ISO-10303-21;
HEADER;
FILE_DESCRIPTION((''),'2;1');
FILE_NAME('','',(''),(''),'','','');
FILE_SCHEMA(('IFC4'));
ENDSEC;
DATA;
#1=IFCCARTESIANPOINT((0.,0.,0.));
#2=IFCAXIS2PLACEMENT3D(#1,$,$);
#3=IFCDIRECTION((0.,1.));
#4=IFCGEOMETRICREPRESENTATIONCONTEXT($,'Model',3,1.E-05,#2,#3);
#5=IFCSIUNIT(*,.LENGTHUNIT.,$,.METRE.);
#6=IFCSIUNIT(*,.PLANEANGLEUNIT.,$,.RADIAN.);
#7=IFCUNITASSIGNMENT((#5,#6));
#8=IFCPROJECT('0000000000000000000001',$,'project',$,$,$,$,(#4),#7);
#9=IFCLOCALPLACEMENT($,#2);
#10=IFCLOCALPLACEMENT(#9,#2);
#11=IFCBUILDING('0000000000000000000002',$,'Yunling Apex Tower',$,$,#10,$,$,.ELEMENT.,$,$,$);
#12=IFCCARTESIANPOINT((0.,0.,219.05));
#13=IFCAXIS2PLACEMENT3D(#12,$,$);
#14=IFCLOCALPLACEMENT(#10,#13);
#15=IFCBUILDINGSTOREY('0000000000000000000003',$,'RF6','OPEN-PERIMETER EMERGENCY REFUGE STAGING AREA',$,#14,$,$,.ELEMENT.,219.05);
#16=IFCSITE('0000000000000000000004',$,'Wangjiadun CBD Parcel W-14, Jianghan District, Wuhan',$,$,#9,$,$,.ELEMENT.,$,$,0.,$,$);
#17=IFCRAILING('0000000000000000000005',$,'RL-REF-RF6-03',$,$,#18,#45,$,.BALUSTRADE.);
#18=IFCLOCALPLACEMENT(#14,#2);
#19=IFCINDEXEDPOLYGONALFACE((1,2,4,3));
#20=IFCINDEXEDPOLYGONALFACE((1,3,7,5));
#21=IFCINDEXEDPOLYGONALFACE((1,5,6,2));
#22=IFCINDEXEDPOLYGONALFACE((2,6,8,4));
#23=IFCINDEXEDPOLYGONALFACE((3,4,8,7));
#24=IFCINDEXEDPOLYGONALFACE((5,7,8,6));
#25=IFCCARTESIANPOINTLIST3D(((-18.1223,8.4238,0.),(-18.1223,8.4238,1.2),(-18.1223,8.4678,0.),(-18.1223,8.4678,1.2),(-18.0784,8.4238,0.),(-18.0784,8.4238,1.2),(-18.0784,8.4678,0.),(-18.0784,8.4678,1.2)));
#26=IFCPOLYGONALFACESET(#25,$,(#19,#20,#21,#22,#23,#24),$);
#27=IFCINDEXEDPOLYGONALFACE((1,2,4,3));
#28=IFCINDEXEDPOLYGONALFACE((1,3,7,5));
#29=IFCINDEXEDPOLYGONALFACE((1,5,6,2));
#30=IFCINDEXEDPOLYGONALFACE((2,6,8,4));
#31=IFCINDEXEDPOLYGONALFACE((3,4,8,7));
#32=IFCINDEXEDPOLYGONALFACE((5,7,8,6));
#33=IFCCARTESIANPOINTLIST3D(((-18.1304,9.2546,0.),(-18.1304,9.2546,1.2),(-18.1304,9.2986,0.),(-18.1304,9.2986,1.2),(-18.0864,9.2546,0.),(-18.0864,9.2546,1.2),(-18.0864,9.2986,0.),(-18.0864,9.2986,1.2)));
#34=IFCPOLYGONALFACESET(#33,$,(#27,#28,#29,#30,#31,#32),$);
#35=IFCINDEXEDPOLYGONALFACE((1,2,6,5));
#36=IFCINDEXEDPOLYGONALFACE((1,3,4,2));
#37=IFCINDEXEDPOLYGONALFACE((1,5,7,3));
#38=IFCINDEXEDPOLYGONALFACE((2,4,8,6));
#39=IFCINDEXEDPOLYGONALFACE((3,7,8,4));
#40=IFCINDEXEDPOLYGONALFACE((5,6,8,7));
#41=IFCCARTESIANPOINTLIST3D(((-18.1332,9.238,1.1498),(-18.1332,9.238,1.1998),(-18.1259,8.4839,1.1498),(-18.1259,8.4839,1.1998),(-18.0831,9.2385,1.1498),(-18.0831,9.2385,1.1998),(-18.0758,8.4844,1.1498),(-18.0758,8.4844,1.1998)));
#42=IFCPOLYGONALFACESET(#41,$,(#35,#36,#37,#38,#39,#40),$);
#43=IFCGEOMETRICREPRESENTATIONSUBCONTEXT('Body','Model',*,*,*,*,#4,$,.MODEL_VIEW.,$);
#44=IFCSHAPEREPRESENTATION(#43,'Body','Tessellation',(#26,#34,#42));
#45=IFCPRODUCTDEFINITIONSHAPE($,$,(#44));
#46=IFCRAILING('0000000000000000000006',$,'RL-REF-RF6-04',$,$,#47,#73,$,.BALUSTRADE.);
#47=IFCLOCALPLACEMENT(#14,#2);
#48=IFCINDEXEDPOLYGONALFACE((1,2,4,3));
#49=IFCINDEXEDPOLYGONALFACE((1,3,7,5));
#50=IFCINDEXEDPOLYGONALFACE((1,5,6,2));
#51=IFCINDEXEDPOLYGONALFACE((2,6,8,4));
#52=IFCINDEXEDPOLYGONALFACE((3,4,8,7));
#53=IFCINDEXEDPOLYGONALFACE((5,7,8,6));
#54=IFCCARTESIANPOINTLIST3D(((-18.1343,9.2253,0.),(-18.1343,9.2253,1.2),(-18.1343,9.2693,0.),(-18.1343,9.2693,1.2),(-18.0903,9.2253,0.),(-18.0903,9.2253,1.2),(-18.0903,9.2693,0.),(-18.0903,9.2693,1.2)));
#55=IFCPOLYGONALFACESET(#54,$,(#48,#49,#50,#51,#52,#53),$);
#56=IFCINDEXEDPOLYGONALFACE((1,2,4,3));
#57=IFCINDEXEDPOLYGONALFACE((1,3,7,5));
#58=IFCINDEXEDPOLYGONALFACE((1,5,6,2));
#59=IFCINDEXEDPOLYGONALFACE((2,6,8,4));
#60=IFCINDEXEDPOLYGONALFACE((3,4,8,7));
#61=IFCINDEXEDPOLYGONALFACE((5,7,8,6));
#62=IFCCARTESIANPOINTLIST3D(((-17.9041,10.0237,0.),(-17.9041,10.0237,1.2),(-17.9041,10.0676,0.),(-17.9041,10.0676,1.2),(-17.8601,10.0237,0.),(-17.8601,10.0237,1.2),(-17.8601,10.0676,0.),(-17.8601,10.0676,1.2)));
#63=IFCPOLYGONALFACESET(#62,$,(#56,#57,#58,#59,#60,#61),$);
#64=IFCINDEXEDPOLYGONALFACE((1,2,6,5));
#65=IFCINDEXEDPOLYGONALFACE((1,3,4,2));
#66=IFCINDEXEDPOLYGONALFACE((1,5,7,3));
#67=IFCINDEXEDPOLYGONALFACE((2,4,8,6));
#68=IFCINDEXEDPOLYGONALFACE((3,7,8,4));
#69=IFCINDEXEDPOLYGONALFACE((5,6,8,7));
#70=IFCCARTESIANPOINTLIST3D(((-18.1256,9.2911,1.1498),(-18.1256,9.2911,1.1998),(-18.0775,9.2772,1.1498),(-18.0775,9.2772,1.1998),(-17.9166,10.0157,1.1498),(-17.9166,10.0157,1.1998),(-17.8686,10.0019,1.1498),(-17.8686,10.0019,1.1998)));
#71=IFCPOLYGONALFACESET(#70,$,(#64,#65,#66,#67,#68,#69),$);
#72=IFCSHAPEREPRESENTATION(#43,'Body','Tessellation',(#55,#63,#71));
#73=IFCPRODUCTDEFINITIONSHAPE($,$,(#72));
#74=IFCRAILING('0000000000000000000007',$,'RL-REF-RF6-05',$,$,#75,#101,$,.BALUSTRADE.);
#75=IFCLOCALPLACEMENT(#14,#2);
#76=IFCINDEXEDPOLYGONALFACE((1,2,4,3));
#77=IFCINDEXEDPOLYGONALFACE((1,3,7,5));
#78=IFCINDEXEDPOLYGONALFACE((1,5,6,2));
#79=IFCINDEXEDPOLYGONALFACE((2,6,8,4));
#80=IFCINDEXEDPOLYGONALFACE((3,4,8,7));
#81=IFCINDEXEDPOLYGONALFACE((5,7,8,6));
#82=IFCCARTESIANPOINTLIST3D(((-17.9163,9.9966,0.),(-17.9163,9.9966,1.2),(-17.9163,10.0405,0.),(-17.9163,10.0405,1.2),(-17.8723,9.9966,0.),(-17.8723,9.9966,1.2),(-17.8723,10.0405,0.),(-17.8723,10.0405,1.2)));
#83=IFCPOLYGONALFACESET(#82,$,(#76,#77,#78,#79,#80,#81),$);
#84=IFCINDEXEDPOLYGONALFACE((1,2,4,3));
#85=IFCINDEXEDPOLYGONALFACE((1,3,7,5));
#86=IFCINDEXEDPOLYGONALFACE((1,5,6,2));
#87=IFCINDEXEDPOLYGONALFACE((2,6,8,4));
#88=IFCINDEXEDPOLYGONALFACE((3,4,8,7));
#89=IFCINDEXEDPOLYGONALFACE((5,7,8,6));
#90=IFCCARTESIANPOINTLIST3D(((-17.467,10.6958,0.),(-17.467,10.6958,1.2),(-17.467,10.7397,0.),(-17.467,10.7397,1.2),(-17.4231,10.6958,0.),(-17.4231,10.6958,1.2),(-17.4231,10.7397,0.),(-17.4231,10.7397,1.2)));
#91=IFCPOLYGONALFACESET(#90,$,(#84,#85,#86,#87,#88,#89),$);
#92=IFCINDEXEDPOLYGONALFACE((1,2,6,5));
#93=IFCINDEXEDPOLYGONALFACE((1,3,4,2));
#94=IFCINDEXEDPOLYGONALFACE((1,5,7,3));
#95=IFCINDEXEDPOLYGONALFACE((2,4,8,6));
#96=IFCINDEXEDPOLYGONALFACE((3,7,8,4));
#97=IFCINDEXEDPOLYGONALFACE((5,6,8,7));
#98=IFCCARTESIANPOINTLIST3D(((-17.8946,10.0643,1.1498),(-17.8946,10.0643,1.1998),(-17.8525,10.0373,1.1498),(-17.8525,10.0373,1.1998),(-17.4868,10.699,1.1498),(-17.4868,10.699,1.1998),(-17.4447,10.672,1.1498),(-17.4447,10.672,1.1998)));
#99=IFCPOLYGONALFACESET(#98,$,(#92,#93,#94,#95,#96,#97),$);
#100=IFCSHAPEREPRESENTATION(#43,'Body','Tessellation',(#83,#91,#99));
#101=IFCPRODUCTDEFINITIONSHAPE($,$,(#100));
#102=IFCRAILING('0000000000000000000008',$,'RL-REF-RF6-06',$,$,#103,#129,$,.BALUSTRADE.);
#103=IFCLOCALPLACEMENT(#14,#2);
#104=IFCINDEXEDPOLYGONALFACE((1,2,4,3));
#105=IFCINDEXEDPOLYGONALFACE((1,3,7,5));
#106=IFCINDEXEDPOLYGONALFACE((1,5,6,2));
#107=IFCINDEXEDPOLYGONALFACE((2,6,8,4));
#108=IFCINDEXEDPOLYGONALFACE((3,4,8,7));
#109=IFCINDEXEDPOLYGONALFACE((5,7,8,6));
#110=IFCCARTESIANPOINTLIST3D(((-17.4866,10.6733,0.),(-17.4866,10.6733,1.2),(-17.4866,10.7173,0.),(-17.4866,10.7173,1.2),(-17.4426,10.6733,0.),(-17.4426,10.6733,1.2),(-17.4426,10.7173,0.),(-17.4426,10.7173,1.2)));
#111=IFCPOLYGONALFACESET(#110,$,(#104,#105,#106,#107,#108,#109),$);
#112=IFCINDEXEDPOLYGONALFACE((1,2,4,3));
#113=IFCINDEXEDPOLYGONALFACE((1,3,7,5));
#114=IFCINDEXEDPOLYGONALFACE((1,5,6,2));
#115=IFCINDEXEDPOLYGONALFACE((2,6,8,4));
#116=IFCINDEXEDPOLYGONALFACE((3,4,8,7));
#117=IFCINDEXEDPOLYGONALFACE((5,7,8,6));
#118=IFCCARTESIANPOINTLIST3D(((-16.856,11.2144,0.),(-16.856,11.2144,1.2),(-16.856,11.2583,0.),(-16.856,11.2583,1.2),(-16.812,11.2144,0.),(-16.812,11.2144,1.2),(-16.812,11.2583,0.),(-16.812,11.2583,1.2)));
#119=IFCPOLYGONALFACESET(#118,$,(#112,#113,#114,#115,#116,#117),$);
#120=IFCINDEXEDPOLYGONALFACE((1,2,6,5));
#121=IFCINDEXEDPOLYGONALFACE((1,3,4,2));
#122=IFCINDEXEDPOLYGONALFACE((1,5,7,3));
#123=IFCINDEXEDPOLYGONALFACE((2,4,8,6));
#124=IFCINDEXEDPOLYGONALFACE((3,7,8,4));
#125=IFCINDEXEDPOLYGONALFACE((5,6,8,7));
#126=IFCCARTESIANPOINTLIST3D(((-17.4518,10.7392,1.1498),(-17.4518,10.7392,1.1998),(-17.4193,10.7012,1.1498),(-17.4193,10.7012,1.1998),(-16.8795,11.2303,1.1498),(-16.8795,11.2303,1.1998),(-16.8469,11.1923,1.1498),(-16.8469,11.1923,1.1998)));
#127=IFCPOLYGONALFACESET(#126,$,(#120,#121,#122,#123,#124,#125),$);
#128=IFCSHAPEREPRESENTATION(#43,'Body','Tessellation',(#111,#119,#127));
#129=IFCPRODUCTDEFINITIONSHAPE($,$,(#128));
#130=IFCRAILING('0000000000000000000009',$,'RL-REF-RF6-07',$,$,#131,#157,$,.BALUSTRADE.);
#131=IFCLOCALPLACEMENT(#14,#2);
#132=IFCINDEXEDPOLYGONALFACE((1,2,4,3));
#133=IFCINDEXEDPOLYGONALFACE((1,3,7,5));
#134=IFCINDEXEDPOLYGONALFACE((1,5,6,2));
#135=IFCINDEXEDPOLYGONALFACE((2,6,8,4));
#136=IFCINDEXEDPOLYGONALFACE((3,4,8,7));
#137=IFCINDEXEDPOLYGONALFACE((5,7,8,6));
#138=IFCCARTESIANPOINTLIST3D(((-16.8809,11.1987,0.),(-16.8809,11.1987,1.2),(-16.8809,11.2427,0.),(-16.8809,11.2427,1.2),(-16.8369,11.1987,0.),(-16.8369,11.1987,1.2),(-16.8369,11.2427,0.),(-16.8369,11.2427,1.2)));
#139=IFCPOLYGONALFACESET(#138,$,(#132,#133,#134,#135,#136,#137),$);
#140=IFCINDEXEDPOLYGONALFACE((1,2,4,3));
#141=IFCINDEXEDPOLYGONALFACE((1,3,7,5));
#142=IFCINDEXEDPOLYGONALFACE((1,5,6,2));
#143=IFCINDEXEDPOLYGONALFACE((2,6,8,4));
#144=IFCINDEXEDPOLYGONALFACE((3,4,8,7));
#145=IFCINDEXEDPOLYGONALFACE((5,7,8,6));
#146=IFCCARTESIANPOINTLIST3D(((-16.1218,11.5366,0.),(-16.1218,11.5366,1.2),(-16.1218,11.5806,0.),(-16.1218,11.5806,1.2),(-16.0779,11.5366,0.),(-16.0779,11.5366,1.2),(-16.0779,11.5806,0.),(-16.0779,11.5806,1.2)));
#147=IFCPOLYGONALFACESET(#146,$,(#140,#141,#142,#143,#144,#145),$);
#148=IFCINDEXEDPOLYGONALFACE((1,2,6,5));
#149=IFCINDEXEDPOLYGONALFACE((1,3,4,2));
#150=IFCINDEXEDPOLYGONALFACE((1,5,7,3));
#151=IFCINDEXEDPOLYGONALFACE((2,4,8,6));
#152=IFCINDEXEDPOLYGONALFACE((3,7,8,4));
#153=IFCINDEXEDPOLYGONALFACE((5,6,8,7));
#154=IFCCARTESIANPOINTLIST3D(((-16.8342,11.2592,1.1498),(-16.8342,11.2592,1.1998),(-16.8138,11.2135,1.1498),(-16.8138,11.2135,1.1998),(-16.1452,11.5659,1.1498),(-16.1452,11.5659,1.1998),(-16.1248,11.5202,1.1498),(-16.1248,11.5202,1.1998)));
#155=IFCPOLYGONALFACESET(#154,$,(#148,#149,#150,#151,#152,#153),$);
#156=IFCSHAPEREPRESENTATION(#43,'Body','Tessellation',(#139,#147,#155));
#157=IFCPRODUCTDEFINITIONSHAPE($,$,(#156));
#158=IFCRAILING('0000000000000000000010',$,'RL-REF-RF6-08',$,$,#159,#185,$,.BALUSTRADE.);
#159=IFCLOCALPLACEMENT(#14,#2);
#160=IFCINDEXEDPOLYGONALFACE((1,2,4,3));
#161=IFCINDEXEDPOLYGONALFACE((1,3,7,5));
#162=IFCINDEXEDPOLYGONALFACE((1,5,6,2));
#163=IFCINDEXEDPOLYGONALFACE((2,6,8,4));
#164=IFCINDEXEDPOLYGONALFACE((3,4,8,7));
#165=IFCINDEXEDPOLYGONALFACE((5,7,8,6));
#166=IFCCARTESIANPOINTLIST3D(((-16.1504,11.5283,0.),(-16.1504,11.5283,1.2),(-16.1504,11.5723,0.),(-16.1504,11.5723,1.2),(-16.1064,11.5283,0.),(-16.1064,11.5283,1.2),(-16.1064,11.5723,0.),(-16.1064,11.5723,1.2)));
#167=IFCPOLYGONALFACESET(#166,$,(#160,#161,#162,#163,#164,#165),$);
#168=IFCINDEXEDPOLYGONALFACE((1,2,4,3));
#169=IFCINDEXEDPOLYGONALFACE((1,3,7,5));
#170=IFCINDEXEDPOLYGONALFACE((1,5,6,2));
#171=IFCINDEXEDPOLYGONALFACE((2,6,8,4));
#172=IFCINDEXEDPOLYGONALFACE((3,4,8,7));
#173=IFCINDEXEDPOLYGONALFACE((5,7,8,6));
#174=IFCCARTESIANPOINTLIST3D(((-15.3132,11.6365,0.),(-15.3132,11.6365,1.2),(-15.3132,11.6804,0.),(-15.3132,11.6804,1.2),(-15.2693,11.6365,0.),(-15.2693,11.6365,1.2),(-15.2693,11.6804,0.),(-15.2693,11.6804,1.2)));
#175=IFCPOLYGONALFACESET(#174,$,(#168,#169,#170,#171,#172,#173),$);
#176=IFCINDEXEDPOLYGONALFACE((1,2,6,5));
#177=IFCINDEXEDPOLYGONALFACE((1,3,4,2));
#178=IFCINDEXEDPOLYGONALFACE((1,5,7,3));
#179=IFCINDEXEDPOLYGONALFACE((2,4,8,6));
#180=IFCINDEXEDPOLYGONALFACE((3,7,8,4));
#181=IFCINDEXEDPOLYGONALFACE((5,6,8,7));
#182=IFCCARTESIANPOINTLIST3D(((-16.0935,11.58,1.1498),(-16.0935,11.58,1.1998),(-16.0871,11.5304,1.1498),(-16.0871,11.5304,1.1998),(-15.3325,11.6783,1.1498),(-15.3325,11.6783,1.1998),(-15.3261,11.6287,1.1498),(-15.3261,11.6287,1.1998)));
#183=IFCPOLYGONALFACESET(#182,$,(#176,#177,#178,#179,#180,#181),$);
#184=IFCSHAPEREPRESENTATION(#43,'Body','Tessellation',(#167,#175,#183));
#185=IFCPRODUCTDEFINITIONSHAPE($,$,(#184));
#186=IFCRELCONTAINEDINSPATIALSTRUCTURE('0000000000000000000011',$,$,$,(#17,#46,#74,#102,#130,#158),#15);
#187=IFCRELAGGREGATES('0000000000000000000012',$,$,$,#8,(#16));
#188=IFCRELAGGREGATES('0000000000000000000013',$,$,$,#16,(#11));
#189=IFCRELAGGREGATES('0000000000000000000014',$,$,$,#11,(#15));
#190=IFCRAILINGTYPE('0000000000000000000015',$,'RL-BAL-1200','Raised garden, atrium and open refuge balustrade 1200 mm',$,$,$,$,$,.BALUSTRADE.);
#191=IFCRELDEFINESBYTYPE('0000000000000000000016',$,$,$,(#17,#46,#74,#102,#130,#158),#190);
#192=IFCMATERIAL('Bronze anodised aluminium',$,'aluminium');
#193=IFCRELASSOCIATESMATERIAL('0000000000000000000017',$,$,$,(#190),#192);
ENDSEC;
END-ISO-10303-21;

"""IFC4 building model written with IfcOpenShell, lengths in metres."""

from ifc_helpers import new_model, si_unit, direction, frame, origin, origin_2d, place, context, subcontext, project, spatial, rectangle, extrude, material, type_object, element, save


model = new_model("IFC4")

# Units and contexts
model_context = context("Model", 3, precision=1e-05, world=origin(), true_north=direction((0.0, 1.0)))
body_context = subcontext(model_context, "Body", "Model", "MODEL_VIEW")
ifc_project = project(units=[si_unit("LENGTHUNIT", "METRE"), si_unit("PLANEANGLEUNIT", "RADIAN")], contexts=[model_context])

# Site, building, storey
site_placement = place(None, origin())
site = spatial("IfcSite", under=ifc_project, at=site_placement, Name="Wangjiadun CBD Parcel W-14, Jianghan District, Wuhan", CompositionType="ELEMENT", RefElevation=0.0)
building_placement = place(site_placement, origin())
building = spatial("IfcBuilding", under=site, at=building_placement, Name="Yunling Apex Tower", CompositionType="ELEMENT")
storey_placement = place(building_placement, frame((0.0, 0.0, 219.05)))
storey = spatial("IfcBuildingStorey", under=building, at=storey_placement, Name="RF6", Description="OPEN-PERIMETER EMERGENCY REFUGE STAGING AREA", CompositionType="ELEMENT", Elevation=219.05)

# Railings
ifc_material_1 = material(Name="Bronze anodised aluminium", Category="aluminium")
railing_type = type_object("IfcRailingType", Name="RL-BAL-1200", Description="Raised garden, atrium and open refuge balustrade 1200 mm", PredefinedType="BALUSTRADE", material=ifc_material_1)
railing_1_placement = place(storey_placement, frame((-18.1003, 8.4458, 0.0)))
element("IfcRailing", 1, at=railing_1_placement, inside=storey, type_object=railing_type, Name="RL-REF-RF6-03", PredefinedType="BALUSTRADE", context=body_context, shape_type="SweptSolid", body=[
    extrude(rectangle(XDim=0.0439, YDim=0.0439, at=origin_2d()), origin(), (0.0, 0.0, 1.0), 1.2),
    extrude(rectangle(XDim=0.0439, YDim=0.0439, at=origin_2d()), frame((-0.0081, 0.8308, 0.0)), (0.0, 0.0, 1.0), 1.2),
    extrude(rectangle(XDim=0.05, YDim=0.05, at=origin_2d()), frame((-0.0005, 0.0383, 1.1748), z_axis=(-0.009697, 0.999953, 0.0), x_axis=(-0.999953, -0.009697, 0.0)), (0.0, 0.0, 1.0), 0.7542),
])
railing_2_placement = place(storey_placement, frame((-18.1123, 9.2473, 0.0)))
element("IfcRailing", 2, at=railing_2_placement, inside=storey, type_object=railing_type, Name="RL-REF-RF6-04", PredefinedType="BALUSTRADE", context=body_context, shape_type="SweptSolid", body=[
    extrude(rectangle(XDim=0.0439, YDim=0.0439, at=origin_2d()), origin(), (0.0, 0.0, 1.0), 1.2),
    extrude(rectangle(XDim=0.0439, YDim=0.0439, at=origin_2d()), frame((0.2302, 0.7983, 0.0)), (0.0, 0.0, 1.0), 1.2),
    extrude(rectangle(XDim=0.05, YDim=0.05, at=origin_2d()), frame((0.0107, 0.0369, 1.1748), z_axis=(0.277088, 0.960845, 0.0), x_axis=(-0.960845, 0.277088, 0.0)), (0.0, 0.0, 1.0), 0.7542),
])
railing_3_placement = place(storey_placement, frame((-17.8943, 10.0186, 0.0)))
element("IfcRailing", 3, at=railing_3_placement, inside=storey, type_object=railing_type, Name="RL-REF-RF6-05", PredefinedType="BALUSTRADE", context=body_context, shape_type="SweptSolid", body=[
    extrude(rectangle(XDim=0.0439, YDim=0.0439, at=origin_2d()), origin(), (0.0, 0.0, 1.0), 1.2),
    extrude(rectangle(XDim=0.0439, YDim=0.0439, at=origin_2d()), frame((0.4492, 0.6992, 0.0)), (0.0, 0.0, 1.0), 1.2),
    extrude(rectangle(XDim=0.05, YDim=0.05, at=origin_2d()), frame((0.0208, 0.0322, 1.1748), z_axis=(0.54052, 0.841331, 0.0), x_axis=(-0.841331, 0.54052, 0.0)), (0.0, 0.0, 1.0), 0.7544),
])
railing_4_placement = place(storey_placement, frame((-17.4646, 10.6953, 0.0)))
element("IfcRailing", 4, at=railing_4_placement, inside=storey, type_object=railing_type, Name="RL-REF-RF6-06", PredefinedType="BALUSTRADE", context=body_context, shape_type="SweptSolid", body=[
    extrude(rectangle(XDim=0.0439, YDim=0.0439, at=origin_2d()), origin(), (0.0, 0.0, 1.0), 1.2),
    extrude(rectangle(XDim=0.0439, YDim=0.0439, at=origin_2d()), frame((0.6306, 0.541, 0.0)), (0.0, 0.0, 1.0), 1.2),
    extrude(rectangle(XDim=0.05, YDim=0.05, at=origin_2d()), frame((0.0291, 0.0249, 1.1748), z_axis=(0.758966, 0.65113, 0.0), x_axis=(-0.65113, 0.758966, 0.0)), (0.0, 0.0, 1.0), 0.7542),
])
railing_5_placement = place(storey_placement, frame((-16.8589, 11.2207, 0.0)))
element("IfcRailing", 5, at=railing_5_placement, inside=storey, type_object=railing_type, Name="RL-REF-RF6-07", PredefinedType="BALUSTRADE", context=body_context, shape_type="SweptSolid", body=[
    extrude(rectangle(XDim=0.0439, YDim=0.0439, at=origin_2d()), origin(), (0.0, 0.0, 1.0), 1.2),
    extrude(rectangle(XDim=0.0439, YDim=0.0439, at=origin_2d()), frame((0.759, 0.3379, 0.0)), (0.0, 0.0, 1.0), 1.2),
    extrude(rectangle(XDim=0.05, YDim=0.05, at=origin_2d()), frame((0.0349, 0.0156, 1.1748), z_axis=(0.913569, 0.406684, 0.0), x_axis=(-0.406684, 0.913569, 0.0)), (0.0, 0.0, 1.0), 0.7542),
])
railing_6_placement = place(storey_placement, frame((-16.1284, 11.5503, 0.0)))
element("IfcRailing", 6, at=railing_6_placement, inside=storey, type_object=railing_type, Name="RL-REF-RF6-08", PredefinedType="BALUSTRADE", context=body_context, shape_type="SweptSolid", body=[
    extrude(rectangle(XDim=0.0439, YDim=0.0439, at=origin_2d()), origin(), (0.0, 0.0, 1.0), 1.2),
    extrude(rectangle(XDim=0.0439, YDim=0.0439, at=origin_2d()), frame((0.8372, 0.1082, 0.0)), (0.0, 0.0, 1.0), 1.2),
    extrude(rectangle(XDim=0.05, YDim=0.05, at=origin_2d()), frame((0.0381, 0.0049, 1.1748), z_axis=(0.991758, 0.128127, 0.0), x_axis=(-0.128127, 0.991758, 0.0)), (0.0, 0.0, 1.0), 0.7673),
])

save(model, "model.ifc")
